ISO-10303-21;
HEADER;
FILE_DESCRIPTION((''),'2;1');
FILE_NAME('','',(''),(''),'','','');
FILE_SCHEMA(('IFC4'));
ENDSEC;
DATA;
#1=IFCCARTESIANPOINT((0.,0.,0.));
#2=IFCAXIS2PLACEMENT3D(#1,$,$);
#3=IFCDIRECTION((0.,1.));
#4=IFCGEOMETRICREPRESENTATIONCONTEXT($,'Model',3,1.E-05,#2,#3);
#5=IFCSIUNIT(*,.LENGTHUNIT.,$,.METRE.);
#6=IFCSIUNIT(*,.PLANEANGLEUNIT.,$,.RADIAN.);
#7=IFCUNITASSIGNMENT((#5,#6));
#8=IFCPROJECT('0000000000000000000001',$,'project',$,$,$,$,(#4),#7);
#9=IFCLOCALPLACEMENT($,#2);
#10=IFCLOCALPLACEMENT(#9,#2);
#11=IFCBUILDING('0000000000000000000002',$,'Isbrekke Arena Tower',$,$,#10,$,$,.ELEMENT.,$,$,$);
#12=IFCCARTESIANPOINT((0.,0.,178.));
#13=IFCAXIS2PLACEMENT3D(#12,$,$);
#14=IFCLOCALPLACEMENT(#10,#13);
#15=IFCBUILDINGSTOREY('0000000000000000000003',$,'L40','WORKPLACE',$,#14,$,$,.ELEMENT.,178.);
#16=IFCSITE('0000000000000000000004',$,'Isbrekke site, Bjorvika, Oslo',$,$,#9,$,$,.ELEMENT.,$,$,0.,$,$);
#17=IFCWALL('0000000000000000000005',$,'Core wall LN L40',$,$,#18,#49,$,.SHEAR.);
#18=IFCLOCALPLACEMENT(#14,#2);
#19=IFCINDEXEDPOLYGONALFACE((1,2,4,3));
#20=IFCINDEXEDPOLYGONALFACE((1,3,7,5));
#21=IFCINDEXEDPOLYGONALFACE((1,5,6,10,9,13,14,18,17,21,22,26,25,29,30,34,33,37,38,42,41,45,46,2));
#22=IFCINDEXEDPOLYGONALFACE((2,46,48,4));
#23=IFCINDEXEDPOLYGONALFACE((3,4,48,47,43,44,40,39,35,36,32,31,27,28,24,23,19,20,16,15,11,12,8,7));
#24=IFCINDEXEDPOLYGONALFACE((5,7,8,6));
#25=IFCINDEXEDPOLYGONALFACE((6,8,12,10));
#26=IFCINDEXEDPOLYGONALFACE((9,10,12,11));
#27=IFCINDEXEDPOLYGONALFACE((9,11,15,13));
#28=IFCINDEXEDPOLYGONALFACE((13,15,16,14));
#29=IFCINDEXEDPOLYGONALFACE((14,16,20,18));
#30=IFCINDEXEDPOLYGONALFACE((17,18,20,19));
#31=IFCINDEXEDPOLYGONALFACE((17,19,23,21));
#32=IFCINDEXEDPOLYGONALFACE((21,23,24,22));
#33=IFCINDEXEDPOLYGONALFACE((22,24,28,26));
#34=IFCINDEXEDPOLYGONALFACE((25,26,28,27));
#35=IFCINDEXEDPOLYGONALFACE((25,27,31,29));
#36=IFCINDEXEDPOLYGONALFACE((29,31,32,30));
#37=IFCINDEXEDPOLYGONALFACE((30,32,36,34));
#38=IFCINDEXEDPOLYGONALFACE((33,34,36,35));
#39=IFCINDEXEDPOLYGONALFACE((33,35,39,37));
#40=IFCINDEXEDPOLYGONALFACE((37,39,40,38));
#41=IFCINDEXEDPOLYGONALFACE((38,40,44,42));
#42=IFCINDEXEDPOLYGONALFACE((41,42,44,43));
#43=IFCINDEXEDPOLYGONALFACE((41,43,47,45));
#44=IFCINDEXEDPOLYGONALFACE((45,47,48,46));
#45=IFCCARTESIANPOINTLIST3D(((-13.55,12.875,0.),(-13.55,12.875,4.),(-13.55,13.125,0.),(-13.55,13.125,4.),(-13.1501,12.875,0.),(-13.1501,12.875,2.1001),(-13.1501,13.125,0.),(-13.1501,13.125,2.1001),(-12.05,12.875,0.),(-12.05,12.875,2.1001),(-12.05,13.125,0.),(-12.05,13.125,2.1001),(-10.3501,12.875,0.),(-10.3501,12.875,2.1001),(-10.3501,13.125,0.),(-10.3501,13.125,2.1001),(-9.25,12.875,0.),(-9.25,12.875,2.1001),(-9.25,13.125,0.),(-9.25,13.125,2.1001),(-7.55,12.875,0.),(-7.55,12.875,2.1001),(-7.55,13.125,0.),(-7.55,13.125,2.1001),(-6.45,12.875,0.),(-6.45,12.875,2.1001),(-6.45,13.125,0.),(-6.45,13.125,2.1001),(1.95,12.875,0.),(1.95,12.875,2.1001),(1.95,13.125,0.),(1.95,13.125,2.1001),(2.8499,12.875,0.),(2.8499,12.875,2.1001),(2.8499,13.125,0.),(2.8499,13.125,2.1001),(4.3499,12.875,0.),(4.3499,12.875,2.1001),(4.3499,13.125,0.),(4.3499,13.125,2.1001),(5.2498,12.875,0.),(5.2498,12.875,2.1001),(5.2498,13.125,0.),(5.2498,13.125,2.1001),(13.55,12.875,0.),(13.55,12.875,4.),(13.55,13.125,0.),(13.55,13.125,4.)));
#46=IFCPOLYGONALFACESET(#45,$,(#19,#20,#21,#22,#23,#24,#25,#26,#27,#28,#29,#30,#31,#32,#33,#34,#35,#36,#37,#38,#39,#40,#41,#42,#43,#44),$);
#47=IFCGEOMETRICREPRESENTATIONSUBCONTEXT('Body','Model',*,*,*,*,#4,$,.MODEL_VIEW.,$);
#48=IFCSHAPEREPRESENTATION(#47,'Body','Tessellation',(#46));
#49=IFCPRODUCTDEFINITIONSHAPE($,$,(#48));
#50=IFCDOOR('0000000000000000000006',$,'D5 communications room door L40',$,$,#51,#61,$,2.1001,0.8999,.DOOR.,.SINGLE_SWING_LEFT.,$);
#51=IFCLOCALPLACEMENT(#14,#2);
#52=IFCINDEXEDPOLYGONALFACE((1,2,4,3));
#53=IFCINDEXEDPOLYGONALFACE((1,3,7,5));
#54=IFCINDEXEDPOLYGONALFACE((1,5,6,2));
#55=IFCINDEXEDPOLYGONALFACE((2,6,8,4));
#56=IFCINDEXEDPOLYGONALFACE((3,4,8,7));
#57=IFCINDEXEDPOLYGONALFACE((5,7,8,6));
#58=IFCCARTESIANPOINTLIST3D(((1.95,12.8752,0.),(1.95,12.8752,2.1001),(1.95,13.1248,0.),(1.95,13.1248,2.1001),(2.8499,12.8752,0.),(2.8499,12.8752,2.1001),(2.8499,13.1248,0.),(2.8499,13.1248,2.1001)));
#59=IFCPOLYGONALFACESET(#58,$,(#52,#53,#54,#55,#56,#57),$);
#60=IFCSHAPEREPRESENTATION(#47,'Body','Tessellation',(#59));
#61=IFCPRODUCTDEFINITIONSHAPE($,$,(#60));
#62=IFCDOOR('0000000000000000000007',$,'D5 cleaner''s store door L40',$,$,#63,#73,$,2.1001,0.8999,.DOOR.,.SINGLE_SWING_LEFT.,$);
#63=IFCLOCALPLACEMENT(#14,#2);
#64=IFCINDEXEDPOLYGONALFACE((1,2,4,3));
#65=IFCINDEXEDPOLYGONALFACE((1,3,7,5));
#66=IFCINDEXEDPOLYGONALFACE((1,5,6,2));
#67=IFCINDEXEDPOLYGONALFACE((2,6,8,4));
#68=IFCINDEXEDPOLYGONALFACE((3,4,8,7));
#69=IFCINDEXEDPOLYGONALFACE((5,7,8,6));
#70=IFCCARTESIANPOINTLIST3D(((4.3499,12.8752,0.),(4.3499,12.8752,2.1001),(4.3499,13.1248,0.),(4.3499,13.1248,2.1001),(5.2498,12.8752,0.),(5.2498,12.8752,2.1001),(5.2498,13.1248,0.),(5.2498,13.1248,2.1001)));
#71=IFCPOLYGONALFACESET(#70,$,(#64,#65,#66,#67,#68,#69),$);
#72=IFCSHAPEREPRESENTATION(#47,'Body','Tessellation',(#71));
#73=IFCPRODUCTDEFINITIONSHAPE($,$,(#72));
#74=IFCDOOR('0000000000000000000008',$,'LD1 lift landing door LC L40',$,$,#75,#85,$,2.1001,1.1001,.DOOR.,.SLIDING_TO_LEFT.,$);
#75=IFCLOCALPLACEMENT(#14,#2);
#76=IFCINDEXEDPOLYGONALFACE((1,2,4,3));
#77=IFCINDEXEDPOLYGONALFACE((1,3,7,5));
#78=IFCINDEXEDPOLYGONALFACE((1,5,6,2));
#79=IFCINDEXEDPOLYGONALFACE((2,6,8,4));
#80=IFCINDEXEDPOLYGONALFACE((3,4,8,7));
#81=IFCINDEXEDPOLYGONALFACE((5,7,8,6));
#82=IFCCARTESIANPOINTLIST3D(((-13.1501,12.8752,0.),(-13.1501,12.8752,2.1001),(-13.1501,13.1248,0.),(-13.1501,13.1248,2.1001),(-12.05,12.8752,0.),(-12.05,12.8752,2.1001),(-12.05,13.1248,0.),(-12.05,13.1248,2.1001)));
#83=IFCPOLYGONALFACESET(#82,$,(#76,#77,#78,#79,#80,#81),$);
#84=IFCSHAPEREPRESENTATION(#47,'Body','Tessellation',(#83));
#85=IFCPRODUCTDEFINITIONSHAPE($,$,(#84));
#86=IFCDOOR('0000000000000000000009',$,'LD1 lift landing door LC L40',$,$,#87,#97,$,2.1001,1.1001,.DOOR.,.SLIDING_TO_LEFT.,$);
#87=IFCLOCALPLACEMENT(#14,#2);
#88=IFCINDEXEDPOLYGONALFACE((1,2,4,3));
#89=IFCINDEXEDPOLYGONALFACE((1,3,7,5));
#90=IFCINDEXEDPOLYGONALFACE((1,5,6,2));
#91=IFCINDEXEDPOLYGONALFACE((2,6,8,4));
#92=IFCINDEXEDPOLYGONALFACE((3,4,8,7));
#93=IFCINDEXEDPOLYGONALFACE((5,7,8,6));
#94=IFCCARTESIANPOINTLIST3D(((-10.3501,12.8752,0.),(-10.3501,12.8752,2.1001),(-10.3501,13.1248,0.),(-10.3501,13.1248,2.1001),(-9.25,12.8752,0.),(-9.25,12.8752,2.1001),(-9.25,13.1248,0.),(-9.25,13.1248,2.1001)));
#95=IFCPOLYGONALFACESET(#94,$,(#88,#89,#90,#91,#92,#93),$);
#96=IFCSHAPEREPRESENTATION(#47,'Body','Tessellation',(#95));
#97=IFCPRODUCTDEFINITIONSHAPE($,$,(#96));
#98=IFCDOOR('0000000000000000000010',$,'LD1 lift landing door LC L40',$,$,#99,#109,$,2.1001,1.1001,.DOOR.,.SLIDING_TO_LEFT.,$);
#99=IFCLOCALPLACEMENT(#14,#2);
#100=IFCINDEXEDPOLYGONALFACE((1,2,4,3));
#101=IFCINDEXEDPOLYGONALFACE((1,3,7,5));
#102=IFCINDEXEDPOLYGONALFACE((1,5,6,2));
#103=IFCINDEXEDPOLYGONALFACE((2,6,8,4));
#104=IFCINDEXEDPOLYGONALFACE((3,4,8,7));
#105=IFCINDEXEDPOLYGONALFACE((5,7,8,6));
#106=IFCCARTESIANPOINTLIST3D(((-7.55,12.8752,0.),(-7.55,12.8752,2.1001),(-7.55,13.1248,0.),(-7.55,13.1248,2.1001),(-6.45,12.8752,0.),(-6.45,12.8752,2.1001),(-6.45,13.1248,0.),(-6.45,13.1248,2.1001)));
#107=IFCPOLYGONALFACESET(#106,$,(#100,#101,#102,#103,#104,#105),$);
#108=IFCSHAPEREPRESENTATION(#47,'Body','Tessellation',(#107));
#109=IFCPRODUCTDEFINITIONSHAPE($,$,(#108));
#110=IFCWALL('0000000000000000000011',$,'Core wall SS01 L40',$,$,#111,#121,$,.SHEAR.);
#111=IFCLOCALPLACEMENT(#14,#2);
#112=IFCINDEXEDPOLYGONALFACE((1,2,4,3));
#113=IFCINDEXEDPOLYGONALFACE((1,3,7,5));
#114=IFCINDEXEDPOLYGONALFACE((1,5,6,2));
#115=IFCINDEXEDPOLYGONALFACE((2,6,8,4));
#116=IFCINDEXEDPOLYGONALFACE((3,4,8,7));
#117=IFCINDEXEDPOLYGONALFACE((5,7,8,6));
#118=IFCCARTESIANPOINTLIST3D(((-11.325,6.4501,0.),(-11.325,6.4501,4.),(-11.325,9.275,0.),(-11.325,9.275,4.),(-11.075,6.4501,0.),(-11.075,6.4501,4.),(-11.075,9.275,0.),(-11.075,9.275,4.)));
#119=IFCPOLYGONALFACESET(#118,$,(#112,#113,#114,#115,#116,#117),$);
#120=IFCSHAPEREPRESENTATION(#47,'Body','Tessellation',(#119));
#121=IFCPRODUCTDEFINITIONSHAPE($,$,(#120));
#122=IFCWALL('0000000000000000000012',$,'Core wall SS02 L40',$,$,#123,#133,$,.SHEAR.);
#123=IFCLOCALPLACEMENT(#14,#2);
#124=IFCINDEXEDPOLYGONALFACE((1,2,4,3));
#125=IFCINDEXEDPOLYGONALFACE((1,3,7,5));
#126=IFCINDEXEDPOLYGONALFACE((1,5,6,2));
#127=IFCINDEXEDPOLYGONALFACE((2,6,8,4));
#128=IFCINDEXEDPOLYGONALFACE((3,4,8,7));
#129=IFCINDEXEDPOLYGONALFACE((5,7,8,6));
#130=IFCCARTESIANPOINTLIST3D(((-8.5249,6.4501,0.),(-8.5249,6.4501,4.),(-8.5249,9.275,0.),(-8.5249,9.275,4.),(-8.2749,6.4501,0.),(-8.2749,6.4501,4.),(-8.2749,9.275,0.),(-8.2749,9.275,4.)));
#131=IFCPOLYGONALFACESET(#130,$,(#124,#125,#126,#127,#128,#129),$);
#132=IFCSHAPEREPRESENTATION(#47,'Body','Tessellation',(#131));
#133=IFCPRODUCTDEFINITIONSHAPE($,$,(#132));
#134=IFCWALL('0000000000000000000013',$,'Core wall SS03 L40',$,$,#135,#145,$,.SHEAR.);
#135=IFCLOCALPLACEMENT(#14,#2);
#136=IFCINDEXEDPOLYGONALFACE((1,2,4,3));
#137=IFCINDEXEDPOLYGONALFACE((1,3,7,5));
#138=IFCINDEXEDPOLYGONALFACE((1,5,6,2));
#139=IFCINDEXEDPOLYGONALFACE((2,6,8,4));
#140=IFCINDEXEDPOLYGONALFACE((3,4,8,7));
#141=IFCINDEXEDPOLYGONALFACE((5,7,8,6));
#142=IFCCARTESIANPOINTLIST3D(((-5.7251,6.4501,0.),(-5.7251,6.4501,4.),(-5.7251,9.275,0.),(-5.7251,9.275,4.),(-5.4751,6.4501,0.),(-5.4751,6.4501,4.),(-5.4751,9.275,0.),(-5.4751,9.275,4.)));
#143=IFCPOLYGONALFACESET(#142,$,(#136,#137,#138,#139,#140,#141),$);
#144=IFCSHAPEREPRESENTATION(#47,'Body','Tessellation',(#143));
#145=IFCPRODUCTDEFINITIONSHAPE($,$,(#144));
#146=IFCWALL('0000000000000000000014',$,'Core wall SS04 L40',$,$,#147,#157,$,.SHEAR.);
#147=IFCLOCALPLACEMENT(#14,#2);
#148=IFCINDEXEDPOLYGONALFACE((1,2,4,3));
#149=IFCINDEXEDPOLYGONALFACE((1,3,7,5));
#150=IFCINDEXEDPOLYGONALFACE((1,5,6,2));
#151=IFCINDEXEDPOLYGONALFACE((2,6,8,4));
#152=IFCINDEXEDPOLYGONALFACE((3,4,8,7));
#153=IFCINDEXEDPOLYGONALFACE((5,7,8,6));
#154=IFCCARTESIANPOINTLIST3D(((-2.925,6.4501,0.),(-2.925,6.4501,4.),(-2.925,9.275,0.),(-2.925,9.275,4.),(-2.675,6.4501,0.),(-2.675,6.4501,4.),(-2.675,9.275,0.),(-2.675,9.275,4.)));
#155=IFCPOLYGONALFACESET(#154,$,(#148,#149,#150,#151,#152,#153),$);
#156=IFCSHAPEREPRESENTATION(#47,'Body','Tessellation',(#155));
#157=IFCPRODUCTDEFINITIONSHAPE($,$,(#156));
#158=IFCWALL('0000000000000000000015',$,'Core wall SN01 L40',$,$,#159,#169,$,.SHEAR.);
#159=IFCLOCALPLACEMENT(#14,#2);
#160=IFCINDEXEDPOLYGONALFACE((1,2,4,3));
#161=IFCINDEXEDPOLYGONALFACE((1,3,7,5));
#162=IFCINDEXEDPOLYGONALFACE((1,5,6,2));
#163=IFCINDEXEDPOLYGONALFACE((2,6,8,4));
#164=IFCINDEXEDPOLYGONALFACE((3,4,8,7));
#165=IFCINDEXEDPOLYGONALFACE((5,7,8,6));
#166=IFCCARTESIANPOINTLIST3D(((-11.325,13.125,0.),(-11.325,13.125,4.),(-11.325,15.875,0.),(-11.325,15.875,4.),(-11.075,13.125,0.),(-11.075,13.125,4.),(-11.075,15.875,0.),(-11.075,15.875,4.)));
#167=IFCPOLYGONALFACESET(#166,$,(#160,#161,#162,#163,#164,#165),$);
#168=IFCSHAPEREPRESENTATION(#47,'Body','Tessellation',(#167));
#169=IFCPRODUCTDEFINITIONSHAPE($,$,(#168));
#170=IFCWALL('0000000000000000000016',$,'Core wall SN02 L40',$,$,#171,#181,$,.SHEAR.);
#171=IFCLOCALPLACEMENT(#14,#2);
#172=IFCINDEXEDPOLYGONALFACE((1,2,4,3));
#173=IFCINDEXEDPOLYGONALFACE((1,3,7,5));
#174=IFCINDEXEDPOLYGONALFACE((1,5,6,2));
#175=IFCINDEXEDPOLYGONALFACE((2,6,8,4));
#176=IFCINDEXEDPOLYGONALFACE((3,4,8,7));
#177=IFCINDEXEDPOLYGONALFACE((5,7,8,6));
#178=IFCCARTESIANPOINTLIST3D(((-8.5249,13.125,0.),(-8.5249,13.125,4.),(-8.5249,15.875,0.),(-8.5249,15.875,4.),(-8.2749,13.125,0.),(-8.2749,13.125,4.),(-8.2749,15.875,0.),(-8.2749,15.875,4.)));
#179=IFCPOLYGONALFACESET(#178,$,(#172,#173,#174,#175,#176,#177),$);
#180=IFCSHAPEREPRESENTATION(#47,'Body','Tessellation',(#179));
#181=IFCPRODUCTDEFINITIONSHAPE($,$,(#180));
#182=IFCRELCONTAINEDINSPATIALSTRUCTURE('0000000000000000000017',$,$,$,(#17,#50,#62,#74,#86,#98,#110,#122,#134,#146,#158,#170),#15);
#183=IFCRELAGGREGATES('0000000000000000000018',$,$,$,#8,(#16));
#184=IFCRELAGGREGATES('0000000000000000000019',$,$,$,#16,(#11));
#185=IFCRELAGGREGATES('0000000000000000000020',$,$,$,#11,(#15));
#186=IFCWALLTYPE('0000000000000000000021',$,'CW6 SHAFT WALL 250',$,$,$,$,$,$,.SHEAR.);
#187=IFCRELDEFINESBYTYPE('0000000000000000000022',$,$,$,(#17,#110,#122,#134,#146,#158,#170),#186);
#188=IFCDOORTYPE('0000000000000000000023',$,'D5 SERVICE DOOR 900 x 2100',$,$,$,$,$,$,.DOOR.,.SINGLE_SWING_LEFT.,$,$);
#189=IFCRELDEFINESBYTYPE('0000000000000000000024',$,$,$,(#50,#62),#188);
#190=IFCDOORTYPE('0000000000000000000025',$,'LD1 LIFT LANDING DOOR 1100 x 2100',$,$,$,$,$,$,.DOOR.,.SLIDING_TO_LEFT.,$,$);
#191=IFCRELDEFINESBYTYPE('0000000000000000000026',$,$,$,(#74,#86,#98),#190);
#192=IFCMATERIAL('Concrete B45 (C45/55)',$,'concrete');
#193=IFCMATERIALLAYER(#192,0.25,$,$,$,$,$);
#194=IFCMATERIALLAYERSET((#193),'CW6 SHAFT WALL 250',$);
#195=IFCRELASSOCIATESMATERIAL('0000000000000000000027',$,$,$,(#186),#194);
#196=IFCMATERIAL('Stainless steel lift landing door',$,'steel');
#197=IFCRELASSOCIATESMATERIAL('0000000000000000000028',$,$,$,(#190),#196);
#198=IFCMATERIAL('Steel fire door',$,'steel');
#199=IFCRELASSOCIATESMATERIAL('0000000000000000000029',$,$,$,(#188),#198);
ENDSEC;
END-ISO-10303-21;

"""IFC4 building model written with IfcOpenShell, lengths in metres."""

from ifc_helpers import new_model, si_unit, direction, frame, frame_2d, origin, place, context, subcontext, project, spatial, rectangle, extrude, material, layer, layer_set, type_object, element, fill, save


model = new_model("IFC4")

# Units and contexts
model_context = context("Model", 3, precision=1e-05, world=origin(), true_north=direction((0.0, 1.0)))
body_context = subcontext(model_context, "Body", "Model", "MODEL_VIEW")
ifc_project = project(units=[si_unit("LENGTHUNIT", "METRE"), si_unit("PLANEANGLEUNIT", "RADIAN")], contexts=[model_context])

# Site, building, storey
site_placement = place(None, origin())
site = spatial("IfcSite", under=ifc_project, at=site_placement, Name="Isbrekke site, Bjorvika, Oslo", CompositionType="ELEMENT", RefElevation=0.0)
building_placement = place(site_placement, origin())
building = spatial("IfcBuilding", under=site, at=building_placement, Name="Isbrekke Arena Tower", CompositionType="ELEMENT")
storey_placement = place(building_placement, frame((0.0, 0.0, 178.0)))
storey = spatial("IfcBuildingStorey", under=building, at=storey_placement, Name="L40", Description="WORKPLACE", CompositionType="ELEMENT", Elevation=178.0)

# Wall, openings, doors
ifc_material_1 = material(Name="Concrete B45 (C45/55)", Category="concrete")
ifc_layer_1 = layer(ifc_material_1, 0.25)
ifc_layer_set_1 = layer_set([ifc_layer_1], Name="CW6 SHAFT WALL 250")
wall_type_1 = type_object("IfcWallType", Name="CW6 SHAFT WALL 250", PredefinedType="SHEAR", material=ifc_layer_set_1)
ifc_material_2 = material(Name="Stainless steel lift landing door", Category="steel")
door_type_1 = type_object("IfcDoorType", Name="LD1 LIFT LANDING DOOR 1100 x 2100", OperationType="SLIDING_TO_LEFT", PredefinedType="DOOR", material=ifc_material_2)
wall_1_placement = place(storey_placement, frame((-13.55, 13.0, 0.0), z_axis=(0.0, 0.0, 1.0), x_axis=(1.0, 0.0, 0.0)))
wall_1 = element("IfcWall", 1, at=wall_1_placement, inside=storey, type_object=wall_type_1, Name="Core wall LN L40", PredefinedType="SHEAR", context=body_context, shape_type="SweptSolid", body=[
    extrude(rectangle(XDim=27.1001, YDim=0.25, at=frame_2d((13.55, 0.0))), origin(), (0.0, 0.0, 1.0), 4.0),
])
opening_1_placement = place(wall_1_placement, frame((0.3999, 0.0, 0.0)))
opening_1 = element("IfcOpeningElement", 2, at=opening_1_placement, cuts=wall_1, PredefinedType="OPENING", context=body_context, shape_type="SweptSolid", body=[
    extrude(rectangle(XDim=1.1001, YDim=2.1001, at=frame_2d((0.55, 1.05))), frame((0.0, 0.1399, 0.0), z_axis=(0.0, -1.0, 0.0), x_axis=(1.0, 0.0, 0.0)), (0.0, 0.0, 1.0), 0.2798),
])
opening_2_placement = place(wall_1_placement, frame((3.2, 0.0, 0.0)))
opening_2 = element("IfcOpeningElement", 3, at=opening_2_placement, cuts=wall_1, PredefinedType="OPENING", context=body_context, shape_type="SweptSolid", body=[
    extrude(rectangle(XDim=1.1001, YDim=2.1001, at=frame_2d((0.55, 1.05))), frame((0.0, 0.1399, 0.0), z_axis=(0.0, -1.0, 0.0), x_axis=(1.0, 0.0, 0.0)), (0.0, 0.0, 1.0), 0.2798),
])
opening_3_placement = place(wall_1_placement, frame((6.0, 0.0, 0.0)))
opening_3 = element("IfcOpeningElement", 4, at=opening_3_placement, cuts=wall_1, PredefinedType="OPENING", context=body_context, shape_type="SweptSolid", body=[
    extrude(rectangle(XDim=1.1001, YDim=2.1001, at=frame_2d((0.55, 1.05))), frame((0.0, 0.1399, 0.0), z_axis=(0.0, -1.0, 0.0), x_axis=(1.0, 0.0, 0.0)), (0.0, 0.0, 1.0), 0.2798),
])
opening_4_placement = place(wall_1_placement, frame((15.5, 0.0, 0.0)))
opening_4 = element("IfcOpeningElement", 5, at=opening_4_placement, cuts=wall_1, PredefinedType="OPENING", context=body_context, shape_type="SweptSolid", body=[
    extrude(rectangle(XDim=0.8999, YDim=2.1001, at=frame_2d((0.45, 1.05))), frame((0.0, 0.1399, 0.0), z_axis=(0.0, -1.0, 0.0), x_axis=(1.0, 0.0, 0.0)), (0.0, 0.0, 1.0), 0.2798),
])
opening_5_placement = place(wall_1_placement, frame((17.8999, 0.0, 0.0)))
opening_5 = element("IfcOpeningElement", 6, at=opening_5_placement, cuts=wall_1, PredefinedType="OPENING", context=body_context, shape_type="SweptSolid", body=[
    extrude(rectangle(XDim=0.8999, YDim=2.1001, at=frame_2d((0.45, 1.05))), frame((0.0, 0.1399, 0.0), z_axis=(0.0, -1.0, 0.0), x_axis=(1.0, 0.0, 0.0)), (0.0, 0.0, 1.0), 0.2798),
])
ifc_material_3 = material(Name="Steel fire door", Category="steel")
door_type_2 = type_object("IfcDoorType", Name="D5 SERVICE DOOR 900 x 2100", OperationType="SINGLE_SWING_LEFT", PredefinedType="DOOR", material=ifc_material_3)
door_1_placement = place(opening_4_placement, origin())
door_1 = element("IfcDoor", 7, at=door_1_placement, inside=storey, type_object=door_type_2, Name="D5 communications room door L40", OperationType="SINGLE_SWING_LEFT", OverallHeight=2.1001, OverallWidth=0.8999, PredefinedType="DOOR", context=body_context, shape_type="SweptSolid", body=[
    extrude(rectangle(XDim=0.8999, YDim=2.1001, at=frame_2d((0.45, 1.05))), frame((0.0, 0.1248, 0.0), z_axis=(0.0, -1.0, 0.0), x_axis=(1.0, 0.0, 0.0)), (0.0, 0.0, 1.0), 0.2495),
])
fill(opening_4, door_1)
door_2_placement = place(opening_5_placement, origin())
door_2 = element("IfcDoor", 8, at=door_2_placement, inside=storey, type_object=door_type_2, Name="D5 cleaner's store door L40", OperationType="SINGLE_SWING_LEFT", OverallHeight=2.1001, OverallWidth=0.8999, PredefinedType="DOOR", context=body_context, shape_type="SweptSolid", body=[
    extrude(rectangle(XDim=0.8999, YDim=2.1001, at=frame_2d((0.45, 1.05))), frame((0.0, 0.1248, 0.0), z_axis=(0.0, -1.0, 0.0), x_axis=(1.0, 0.0, 0.0)), (0.0, 0.0, 1.0), 0.2495),
])
fill(opening_5, door_2)
door_3_placement = place(opening_1_placement, origin())
door_3 = element("IfcDoor", 9, at=door_3_placement, inside=storey, type_object=door_type_1, Name="LD1 lift landing door LC L40", OperationType="SLIDING_TO_LEFT", OverallHeight=2.1001, OverallWidth=1.1001, PredefinedType="DOOR", context=body_context, shape_type="SweptSolid", body=[
    extrude(rectangle(XDim=1.1001, YDim=2.1001, at=frame_2d((0.55, 1.05))), frame((0.0, 0.1248, 0.0), z_axis=(0.0, -1.0, 0.0), x_axis=(1.0, 0.0, 0.0)), (0.0, 0.0, 1.0), 0.2495),
])
fill(opening_1, door_3)
door_4_placement = place(opening_2_placement, origin())
door_4 = element("IfcDoor", 10, at=door_4_placement, inside=storey, type_object=door_type_1, Name="LD1 lift landing door LC L40", OperationType="SLIDING_TO_LEFT", OverallHeight=2.1001, OverallWidth=1.1001, PredefinedType="DOOR", context=body_context, shape_type="SweptSolid", body=[
    extrude(rectangle(XDim=1.1001, YDim=2.1001, at=frame_2d((0.55, 1.05))), frame((0.0, 0.1248, 0.0), z_axis=(0.0, -1.0, 0.0), x_axis=(1.0, 0.0, 0.0)), (0.0, 0.0, 1.0), 0.2495),
])
fill(opening_2, door_4)
door_5_placement = place(opening_3_placement, origin())
door_5 = element("IfcDoor", 11, at=door_5_placement, inside=storey, type_object=door_type_1, Name="LD1 lift landing door LC L40", OperationType="SLIDING_TO_LEFT", OverallHeight=2.1001, OverallWidth=1.1001, PredefinedType="DOOR", context=body_context, shape_type="SweptSolid", body=[
    extrude(rectangle(XDim=1.1001, YDim=2.1001, at=frame_2d((0.55, 1.05))), frame((0.0, 0.1248, 0.0), z_axis=(0.0, -1.0, 0.0), x_axis=(1.0, 0.0, 0.0)), (0.0, 0.0, 1.0), 0.2495),
])
fill(opening_3, door_5)

# Walls
for number, where, z_axis, x_axis, name in (
    (12, (-11.2, 6.45, 0.0), (0.0, 0.0, 1.0), (0.0, 1.0, 0.0), "Core wall SS01 L40"),
    (13, (-8.3999, 6.45, 0.0), (0.0, 0.0, 1.0), (0.0, 1.0, 0.0), "Core wall SS02 L40"),
    (14, (-5.6001, 6.45, 0.0), (0.0, 0.0, 1.0), (0.0, 1.0, 0.0), "Core wall SS03 L40"),
    (15, (-2.8, 6.45, 0.0), (0.0, 0.0, 1.0), (0.0, 1.0, 0.0), "Core wall SS04 L40"),
):
    element("IfcWall", number, at=place(storey_placement, frame(where, z_axis=z_axis, x_axis=x_axis)), inside=storey, type_object=wall_type_1, Name=name, PredefinedType="SHEAR", context=body_context, shape_type="SweptSolid", body=[
        extrude(rectangle(XDim=2.825, YDim=0.25, at=frame_2d((1.4126, 0.0))), origin(), (0.0, 0.0, 1.0), 4.0),
    ])
for number, where, z_axis, x_axis, name in (
    (16, (-11.2, 13.125, 0.0), (0.0, 0.0, 1.0), (0.0, 1.0, 0.0), "Core wall SN01 L40"),
    (17, (-8.3999, 13.125, 0.0), (0.0, 0.0, 1.0), (0.0, 1.0, 0.0), "Core wall SN02 L40"),
):
    element("IfcWall", number, at=place(storey_placement, frame(where, z_axis=z_axis, x_axis=x_axis)), inside=storey, type_object=wall_type_1, Name=name, PredefinedType="SHEAR", context=body_context, shape_type="SweptSolid", body=[
        extrude(rectangle(XDim=2.75, YDim=0.25, at=frame_2d((1.375, 0.0))), origin(), (0.0, 0.0, 1.0), 4.0),
    ])

save(model, "model.ifc")
